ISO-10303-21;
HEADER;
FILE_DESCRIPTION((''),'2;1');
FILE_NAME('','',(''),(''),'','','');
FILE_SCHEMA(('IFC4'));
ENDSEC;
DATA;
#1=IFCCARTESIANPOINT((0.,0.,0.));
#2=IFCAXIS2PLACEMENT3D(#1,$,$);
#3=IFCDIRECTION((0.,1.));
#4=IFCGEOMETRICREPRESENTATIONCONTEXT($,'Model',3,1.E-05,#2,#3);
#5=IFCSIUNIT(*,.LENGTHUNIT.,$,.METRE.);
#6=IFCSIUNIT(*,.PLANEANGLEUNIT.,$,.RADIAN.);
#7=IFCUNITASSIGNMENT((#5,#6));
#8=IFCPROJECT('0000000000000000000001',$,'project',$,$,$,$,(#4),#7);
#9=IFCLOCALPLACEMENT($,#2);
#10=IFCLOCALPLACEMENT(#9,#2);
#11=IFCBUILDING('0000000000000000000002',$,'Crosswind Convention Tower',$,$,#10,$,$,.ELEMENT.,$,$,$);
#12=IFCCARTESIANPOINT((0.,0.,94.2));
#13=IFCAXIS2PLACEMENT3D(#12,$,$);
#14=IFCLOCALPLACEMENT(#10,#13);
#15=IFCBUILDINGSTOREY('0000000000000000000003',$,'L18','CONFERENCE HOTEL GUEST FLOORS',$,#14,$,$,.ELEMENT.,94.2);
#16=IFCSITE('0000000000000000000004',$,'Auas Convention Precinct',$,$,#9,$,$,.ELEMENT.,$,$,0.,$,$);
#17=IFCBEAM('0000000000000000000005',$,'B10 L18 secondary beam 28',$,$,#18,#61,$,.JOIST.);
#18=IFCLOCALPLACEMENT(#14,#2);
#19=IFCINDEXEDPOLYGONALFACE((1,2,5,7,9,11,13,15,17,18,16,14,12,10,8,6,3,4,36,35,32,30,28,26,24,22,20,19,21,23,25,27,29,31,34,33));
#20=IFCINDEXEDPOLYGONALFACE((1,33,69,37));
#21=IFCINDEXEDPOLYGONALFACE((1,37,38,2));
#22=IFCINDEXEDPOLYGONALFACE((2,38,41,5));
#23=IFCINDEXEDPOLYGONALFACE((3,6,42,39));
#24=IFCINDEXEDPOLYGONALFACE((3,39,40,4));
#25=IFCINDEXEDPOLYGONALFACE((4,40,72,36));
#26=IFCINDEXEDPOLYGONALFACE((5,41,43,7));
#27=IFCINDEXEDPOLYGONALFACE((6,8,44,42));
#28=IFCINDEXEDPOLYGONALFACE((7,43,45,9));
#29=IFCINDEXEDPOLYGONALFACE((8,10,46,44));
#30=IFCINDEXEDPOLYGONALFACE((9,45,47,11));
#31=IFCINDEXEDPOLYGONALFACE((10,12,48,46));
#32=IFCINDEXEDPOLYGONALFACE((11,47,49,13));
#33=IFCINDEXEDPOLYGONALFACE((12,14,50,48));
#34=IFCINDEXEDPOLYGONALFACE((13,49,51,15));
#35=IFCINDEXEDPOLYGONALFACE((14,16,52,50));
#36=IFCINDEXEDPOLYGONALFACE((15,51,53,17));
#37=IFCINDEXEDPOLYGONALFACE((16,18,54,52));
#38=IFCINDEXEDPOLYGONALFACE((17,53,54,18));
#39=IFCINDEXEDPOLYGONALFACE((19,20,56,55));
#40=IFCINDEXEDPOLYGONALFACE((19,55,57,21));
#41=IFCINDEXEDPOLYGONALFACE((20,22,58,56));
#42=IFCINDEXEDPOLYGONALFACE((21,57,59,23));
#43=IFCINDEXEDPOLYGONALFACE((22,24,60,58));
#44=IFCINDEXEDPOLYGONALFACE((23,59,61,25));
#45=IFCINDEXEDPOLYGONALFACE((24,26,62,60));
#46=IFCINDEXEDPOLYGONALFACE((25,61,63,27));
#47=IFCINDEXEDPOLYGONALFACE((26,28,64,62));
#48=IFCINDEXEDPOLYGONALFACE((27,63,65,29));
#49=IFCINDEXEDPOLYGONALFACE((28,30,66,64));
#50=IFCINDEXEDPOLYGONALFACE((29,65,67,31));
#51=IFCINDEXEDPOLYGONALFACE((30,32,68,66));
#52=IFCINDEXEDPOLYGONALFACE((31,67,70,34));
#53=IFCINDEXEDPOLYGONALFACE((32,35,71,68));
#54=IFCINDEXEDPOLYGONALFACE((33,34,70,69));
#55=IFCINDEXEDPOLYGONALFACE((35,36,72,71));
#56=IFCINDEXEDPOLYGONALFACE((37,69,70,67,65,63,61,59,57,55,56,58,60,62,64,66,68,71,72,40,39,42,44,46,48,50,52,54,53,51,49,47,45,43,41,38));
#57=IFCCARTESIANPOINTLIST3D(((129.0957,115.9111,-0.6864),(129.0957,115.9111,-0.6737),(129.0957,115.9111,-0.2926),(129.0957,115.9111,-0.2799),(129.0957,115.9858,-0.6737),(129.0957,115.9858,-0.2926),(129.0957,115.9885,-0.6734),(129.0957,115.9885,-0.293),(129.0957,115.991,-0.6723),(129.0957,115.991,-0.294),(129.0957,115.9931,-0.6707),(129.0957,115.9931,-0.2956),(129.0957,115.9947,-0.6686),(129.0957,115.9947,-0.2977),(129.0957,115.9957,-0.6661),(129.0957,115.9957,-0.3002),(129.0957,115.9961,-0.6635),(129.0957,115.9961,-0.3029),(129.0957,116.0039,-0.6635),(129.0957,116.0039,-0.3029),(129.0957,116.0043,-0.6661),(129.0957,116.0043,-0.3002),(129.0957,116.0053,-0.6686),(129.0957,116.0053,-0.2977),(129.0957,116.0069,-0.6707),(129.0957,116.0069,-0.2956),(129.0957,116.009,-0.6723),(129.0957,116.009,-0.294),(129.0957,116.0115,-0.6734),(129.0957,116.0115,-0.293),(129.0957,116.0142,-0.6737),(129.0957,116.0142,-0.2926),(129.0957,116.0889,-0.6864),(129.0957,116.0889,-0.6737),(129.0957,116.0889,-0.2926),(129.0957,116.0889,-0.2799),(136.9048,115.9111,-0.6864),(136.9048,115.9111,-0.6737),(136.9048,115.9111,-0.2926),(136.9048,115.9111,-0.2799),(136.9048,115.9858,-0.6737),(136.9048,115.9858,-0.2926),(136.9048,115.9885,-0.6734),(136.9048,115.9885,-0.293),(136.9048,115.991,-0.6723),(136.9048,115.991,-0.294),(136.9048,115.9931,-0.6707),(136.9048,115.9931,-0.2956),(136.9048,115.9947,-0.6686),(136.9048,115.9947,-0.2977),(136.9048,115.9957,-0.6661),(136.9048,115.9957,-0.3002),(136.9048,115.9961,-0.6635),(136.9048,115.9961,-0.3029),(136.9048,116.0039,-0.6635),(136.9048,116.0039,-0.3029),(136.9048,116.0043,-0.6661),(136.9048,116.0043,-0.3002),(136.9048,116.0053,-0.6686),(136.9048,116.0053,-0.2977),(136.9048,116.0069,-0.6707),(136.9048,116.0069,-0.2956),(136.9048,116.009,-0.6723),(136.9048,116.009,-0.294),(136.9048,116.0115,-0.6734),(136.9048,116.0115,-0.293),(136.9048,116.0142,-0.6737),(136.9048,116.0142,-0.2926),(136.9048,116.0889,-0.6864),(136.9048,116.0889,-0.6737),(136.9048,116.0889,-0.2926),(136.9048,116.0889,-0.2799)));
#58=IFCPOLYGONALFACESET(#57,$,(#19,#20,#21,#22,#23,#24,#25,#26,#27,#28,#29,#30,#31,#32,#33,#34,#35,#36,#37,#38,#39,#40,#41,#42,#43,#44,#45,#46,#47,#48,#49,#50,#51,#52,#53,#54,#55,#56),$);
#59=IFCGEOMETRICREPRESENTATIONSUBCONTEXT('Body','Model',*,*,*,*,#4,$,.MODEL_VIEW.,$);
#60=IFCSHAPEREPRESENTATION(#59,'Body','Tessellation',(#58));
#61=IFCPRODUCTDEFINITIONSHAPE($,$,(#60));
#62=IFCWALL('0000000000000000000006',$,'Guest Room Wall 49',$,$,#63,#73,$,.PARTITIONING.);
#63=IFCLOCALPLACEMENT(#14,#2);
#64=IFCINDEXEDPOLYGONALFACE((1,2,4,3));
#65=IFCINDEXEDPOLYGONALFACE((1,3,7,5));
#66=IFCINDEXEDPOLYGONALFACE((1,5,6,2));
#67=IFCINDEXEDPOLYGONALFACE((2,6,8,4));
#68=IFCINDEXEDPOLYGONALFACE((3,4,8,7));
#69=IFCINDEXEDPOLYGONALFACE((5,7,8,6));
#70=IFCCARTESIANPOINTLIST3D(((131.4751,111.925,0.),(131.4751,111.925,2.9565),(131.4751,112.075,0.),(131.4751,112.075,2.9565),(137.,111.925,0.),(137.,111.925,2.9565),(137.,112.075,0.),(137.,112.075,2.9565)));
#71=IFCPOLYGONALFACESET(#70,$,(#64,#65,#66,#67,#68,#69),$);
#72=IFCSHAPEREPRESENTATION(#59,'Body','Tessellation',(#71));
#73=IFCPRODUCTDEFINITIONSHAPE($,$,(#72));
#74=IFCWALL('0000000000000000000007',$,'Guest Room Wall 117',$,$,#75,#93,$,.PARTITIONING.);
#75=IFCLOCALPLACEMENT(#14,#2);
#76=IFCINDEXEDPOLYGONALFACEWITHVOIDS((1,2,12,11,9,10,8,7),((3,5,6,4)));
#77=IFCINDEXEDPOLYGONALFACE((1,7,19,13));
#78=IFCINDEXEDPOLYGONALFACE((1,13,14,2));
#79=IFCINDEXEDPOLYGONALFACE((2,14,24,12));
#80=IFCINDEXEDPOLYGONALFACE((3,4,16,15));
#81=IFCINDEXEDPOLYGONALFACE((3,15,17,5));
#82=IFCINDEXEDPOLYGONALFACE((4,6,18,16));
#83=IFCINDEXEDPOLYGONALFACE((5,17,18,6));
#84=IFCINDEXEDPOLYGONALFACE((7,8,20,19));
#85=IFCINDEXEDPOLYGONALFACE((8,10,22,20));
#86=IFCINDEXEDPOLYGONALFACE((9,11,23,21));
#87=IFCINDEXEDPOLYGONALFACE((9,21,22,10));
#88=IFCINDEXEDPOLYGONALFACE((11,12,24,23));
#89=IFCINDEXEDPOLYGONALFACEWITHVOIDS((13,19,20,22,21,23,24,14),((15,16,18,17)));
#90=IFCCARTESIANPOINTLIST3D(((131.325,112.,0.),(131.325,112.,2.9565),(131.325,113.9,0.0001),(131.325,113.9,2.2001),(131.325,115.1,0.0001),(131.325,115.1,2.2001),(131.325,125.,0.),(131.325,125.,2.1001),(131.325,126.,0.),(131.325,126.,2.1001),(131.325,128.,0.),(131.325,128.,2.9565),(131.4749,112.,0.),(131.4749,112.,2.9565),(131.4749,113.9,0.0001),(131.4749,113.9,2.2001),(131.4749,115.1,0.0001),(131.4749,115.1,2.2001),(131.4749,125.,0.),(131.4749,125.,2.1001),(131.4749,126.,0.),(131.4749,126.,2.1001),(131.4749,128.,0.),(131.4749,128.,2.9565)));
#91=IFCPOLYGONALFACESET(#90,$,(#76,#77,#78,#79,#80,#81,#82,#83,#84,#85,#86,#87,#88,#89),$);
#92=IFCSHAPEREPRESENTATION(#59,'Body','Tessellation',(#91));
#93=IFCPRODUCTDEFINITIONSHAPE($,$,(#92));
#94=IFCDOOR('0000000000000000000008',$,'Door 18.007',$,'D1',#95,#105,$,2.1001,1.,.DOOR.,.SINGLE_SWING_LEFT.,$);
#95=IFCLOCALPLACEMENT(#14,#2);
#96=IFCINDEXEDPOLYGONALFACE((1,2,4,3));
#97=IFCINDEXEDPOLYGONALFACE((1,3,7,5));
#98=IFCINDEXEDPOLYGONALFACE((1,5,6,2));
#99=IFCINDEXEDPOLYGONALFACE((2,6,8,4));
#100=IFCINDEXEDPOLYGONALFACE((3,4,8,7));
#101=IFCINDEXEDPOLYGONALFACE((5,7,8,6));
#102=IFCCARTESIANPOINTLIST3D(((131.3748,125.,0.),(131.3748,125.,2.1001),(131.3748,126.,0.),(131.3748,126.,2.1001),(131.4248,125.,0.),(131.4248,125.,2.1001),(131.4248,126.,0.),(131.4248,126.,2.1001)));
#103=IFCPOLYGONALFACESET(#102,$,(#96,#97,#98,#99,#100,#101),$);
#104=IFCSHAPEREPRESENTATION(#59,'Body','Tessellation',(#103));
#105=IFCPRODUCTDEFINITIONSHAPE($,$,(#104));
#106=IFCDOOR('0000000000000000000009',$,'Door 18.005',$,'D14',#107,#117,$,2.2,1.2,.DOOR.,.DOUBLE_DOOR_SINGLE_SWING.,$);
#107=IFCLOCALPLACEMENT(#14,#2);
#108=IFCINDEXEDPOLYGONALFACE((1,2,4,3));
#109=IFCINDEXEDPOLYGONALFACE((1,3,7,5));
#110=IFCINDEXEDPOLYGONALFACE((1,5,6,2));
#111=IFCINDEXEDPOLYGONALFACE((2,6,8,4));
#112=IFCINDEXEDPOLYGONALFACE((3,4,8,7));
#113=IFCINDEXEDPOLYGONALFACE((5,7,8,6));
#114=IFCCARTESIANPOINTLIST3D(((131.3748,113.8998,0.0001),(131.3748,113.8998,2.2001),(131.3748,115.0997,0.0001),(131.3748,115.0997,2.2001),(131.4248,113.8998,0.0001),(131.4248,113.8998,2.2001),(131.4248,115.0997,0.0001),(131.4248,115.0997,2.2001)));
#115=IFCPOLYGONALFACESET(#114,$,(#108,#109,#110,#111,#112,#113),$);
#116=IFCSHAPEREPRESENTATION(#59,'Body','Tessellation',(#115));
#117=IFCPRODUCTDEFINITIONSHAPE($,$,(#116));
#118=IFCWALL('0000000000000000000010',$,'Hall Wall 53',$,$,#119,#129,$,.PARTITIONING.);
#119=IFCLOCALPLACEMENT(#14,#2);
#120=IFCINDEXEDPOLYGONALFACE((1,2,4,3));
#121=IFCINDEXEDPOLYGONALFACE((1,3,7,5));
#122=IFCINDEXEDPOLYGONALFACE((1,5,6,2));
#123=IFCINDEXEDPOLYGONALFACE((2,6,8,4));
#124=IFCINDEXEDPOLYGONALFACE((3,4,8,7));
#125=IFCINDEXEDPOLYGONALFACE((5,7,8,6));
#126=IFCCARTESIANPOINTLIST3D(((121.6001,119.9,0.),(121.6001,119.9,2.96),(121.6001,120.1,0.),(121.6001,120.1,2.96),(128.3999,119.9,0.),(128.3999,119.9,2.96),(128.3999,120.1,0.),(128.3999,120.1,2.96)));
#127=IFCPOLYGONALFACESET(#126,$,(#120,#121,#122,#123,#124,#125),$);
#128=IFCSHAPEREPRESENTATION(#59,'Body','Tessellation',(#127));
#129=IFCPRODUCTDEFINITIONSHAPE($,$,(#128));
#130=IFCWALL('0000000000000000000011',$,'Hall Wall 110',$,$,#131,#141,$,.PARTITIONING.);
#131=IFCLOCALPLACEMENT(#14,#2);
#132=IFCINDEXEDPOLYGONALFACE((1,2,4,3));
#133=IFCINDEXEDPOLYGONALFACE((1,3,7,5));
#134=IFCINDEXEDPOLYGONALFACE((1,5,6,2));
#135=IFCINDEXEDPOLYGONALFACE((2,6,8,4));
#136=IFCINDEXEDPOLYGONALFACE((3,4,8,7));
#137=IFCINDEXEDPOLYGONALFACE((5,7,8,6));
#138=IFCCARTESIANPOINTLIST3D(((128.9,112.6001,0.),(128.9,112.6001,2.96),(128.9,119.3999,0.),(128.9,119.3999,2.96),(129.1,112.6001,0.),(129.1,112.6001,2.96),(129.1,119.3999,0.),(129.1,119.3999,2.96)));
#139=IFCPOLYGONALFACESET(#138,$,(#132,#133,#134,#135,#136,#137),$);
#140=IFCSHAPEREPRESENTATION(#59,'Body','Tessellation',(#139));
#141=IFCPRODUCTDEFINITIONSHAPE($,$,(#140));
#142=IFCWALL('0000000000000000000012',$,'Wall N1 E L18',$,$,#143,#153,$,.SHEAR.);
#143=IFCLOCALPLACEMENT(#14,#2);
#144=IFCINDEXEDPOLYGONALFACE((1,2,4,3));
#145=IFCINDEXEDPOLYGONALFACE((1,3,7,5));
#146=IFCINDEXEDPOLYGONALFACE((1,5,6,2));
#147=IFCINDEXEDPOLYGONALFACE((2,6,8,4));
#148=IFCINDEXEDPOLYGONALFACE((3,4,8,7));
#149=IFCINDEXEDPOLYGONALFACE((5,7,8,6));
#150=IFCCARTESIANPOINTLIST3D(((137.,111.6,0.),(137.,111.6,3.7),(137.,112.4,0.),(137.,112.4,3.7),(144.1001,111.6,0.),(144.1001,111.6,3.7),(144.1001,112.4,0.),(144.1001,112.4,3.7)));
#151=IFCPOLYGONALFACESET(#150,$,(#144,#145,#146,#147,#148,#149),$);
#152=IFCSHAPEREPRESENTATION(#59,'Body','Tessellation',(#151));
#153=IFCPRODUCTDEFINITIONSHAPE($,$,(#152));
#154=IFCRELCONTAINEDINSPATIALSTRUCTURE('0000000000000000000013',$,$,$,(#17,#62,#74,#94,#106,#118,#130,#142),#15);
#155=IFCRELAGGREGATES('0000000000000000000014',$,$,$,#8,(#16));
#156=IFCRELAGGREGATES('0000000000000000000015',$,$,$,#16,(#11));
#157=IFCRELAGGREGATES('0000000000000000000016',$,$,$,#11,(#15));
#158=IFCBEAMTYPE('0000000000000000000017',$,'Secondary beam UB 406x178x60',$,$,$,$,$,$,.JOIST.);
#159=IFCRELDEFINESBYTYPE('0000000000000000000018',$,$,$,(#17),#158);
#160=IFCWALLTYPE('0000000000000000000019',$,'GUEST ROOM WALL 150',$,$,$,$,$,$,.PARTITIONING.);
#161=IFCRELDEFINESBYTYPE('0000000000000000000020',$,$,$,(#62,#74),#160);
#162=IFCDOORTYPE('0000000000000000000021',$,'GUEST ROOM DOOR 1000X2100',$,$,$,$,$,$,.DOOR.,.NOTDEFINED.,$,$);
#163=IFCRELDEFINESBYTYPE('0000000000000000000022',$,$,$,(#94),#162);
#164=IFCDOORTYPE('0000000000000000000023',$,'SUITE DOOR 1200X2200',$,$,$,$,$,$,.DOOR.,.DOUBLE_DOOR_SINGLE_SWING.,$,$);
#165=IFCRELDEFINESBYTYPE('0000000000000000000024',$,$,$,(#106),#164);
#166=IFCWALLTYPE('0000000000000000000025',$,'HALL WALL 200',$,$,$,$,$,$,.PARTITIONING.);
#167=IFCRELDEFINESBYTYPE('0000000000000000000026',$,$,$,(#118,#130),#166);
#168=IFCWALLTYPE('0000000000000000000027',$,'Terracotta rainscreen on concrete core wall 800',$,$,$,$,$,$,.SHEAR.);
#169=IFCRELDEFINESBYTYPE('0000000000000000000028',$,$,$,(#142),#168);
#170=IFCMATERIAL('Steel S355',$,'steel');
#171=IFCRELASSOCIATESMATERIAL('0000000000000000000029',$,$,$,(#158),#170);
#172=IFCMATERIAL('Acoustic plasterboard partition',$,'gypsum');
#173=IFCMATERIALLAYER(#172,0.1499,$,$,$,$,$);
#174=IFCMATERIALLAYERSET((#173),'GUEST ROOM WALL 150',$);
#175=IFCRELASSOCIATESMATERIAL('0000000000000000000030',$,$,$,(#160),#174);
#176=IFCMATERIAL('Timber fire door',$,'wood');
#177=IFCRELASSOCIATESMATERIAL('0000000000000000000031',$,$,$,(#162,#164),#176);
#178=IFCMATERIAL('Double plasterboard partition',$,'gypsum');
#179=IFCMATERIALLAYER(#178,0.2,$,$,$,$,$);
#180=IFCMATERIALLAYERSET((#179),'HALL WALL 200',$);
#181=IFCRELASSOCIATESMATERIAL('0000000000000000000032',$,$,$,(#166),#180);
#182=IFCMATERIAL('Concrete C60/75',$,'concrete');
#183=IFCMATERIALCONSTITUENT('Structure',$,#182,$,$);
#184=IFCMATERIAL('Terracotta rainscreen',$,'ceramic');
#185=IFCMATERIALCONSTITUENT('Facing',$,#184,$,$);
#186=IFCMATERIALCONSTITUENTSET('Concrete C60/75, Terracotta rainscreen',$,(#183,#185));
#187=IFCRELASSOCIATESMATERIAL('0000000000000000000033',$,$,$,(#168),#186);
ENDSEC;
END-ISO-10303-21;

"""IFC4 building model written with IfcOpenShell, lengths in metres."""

from ifc_helpers import new_model, si_unit, direction, frame, frame_2d, origin, origin_2d, place, context, subcontext, project, spatial, rectangle, i_section, extrude, material, layer, layer_set, constituent, constituent_set, material_profile, profile_set, type_object, element, fill, save


model = new_model("IFC4")

# Units and contexts
model_context = context("Model", 3, precision=1e-05, world=origin(), true_north=direction((0.0, 1.0)))
body_context = subcontext(model_context, "Body", "Model", "MODEL_VIEW")
ifc_project = project(units=[si_unit("LENGTHUNIT", "METRE"), si_unit("PLANEANGLEUNIT", "RADIAN")], contexts=[model_context])

# Site, building, storey
site_placement = place(None, origin())
site = spatial("IfcSite", under=ifc_project, at=site_placement, Name="Auas Convention Precinct", CompositionType="ELEMENT", RefElevation=0.0)
building_placement = place(site_placement, origin())
building = spatial("IfcBuilding", under=site, at=building_placement, Name="Crosswind Convention Tower", CompositionType="ELEMENT")
storey_placement = place(building_placement, frame((0.0, 0.0, 94.2)))
storey = spatial("IfcBuildingStorey", under=building, at=storey_placement, Name="L18", Description="CONFERENCE HOTEL GUEST FLOORS", CompositionType="ELEMENT", Elevation=94.2)

# Beam
ifc_material_1 = material(Name="Steel S355", Category="steel")
ifc_material_profile_1 = material_profile(ifc_material_1, i_section(OverallWidth=0.1777, OverallDepth=0.4065, WebThickness=0.0078, FlangeThickness=0.0127, FilletRadius=0.0103, at=origin_2d()), Name="UB 406x178x60")
ifc_profile_set_1 = profile_set([ifc_material_profile_1], Name="Steel S355")
beam_type_1 = type_object("IfcBeamType", Name="Secondary beam UB 406x178x60", PredefinedType="JOIST", material=ifc_profile_set_1)
beam_1_placement = place(storey_placement, frame((129.0957, 116.0, -0.4832), z_axis=(1.0, 0.0, 0.0), x_axis=(0.0, 1.0, 0.0)))
element("IfcBeam", 1, at=beam_1_placement, inside=storey, type_object=beam_type_1, Name="B10 L18 secondary beam 28", PredefinedType="JOIST", context=body_context, shape_type="SweptSolid", body=[
    extrude(i_section(OverallWidth=0.1777, OverallDepth=0.4065, WebThickness=0.0078, FlangeThickness=0.0127, FilletRadius=0.0103, at=origin_2d()), origin(), (0.0, 0.0, 1.0), 7.8091),
])

# Wall
ifc_material_2 = material(Name="Acoustic plasterboard partition", Category="gypsum")
ifc_layer_1 = layer(ifc_material_2, 0.1499)
ifc_layer_set_1 = layer_set([ifc_layer_1], Name="GUEST ROOM WALL 150")
wall_type_1 = type_object("IfcWallType", Name="GUEST ROOM WALL 150", PredefinedType="PARTITIONING", material=ifc_layer_set_1)
wall_1_placement = place(storey_placement, frame((131.4751, 112.0, 0.0), z_axis=(0.0, 0.0, 1.0), x_axis=(1.0, 0.0, 0.0)))
element("IfcWall", 2, at=wall_1_placement, inside=storey, type_object=wall_type_1, Name="Guest Room Wall 49", PredefinedType="PARTITIONING", context=body_context, shape_type="SweptSolid", body=[
    extrude(rectangle(XDim=5.5249, YDim=0.1499, at=frame_2d((2.7625, 0.0))), origin(), (0.0, 0.0, 1.0), 2.9565),
])

# Wall, openings, doors
wall_2_placement = place(storey_placement, frame((131.3999, 112.0, 0.0), z_axis=(0.0, 0.0, 1.0), x_axis=(0.0, 1.0, 0.0)))
wall_2 = element("IfcWall", 3, at=wall_2_placement, inside=storey, type_object=wall_type_1, Name="Guest Room Wall 117", PredefinedType="PARTITIONING", context=body_context, shape_type="SweptSolid", body=[
    extrude(rectangle(XDim=16.0, YDim=0.1499, at=frame_2d((8.0, 0.0))), origin(), (0.0, 0.0, 1.0), 2.9565),
])
opening_1_placement = place(wall_2_placement, frame((1.8999, 0.0, 0.0)))
opening_1 = element("IfcOpeningElement", 4, at=opening_1_placement, cuts=wall_2, PredefinedType="OPENING", context=body_context, shape_type="SweptSolid", body=[
    extrude(rectangle(XDim=1.2, YDim=2.2, at=frame_2d((0.6001, 1.1001))), frame((0.0, 0.085, 0.0), z_axis=(0.0, -1.0, 0.0), x_axis=(1.0, 0.0, 0.0)), (0.0, 0.0, 1.0), 0.1699),
])
opening_2_placement = place(wall_2_placement, frame((13.0, 0.0, 0.0)))
opening_2 = element("IfcOpeningElement", 5, at=opening_2_placement, cuts=wall_2, PredefinedType="OPENING", context=body_context, shape_type="SweptSolid", body=[
    extrude(rectangle(XDim=1.0, YDim=2.1001, at=frame_2d((0.5, 1.05))), frame((0.0, 0.085, 0.0), z_axis=(0.0, -1.0, 0.0), x_axis=(1.0, 0.0, 0.0)), (0.0, 0.0, 1.0), 0.1699),
])
ifc_material_3 = material(Name="Timber fire door", Category="wood")
door_type_1 = type_object("IfcDoorType", Name="GUEST ROOM DOOR 1000X2100", OperationType="NOTDEFINED", PredefinedType="DOOR", material=ifc_material_3)
door_1_placement = place(opening_2_placement, frame((1.0, 0.0, 0.0), z_axis=(0.0, 0.0, 1.0), x_axis=(-1.0, 0.0, 0.0)))
door_1 = element("IfcDoor", 6, at=door_1_placement, inside=storey, type_object=door_type_1, Name="Door 18.007", ObjectType="D1", OperationType="SINGLE_SWING_LEFT", OverallHeight=2.1001, OverallWidth=1.0, PredefinedType="DOOR", context=body_context, shape_type="SweptSolid", body=[
    extrude(rectangle(XDim=1.0, YDim=2.1001, at=frame_2d((0.5, 1.05))), frame((0.0, 0.0249, 0.0), z_axis=(0.0, -1.0, 0.0), x_axis=(1.0, 0.0, 0.0)), (0.0, 0.0, 1.0), 0.05),
])
fill(opening_2, door_1)
door_type_2 = type_object("IfcDoorType", Name="SUITE DOOR 1200X2200", OperationType="DOUBLE_DOOR_SINGLE_SWING", PredefinedType="DOOR", material=ifc_material_3)
door_2_placement = place(opening_1_placement, frame((1.2, 0.0, 0.0), z_axis=(0.0, 0.0, 1.0), x_axis=(-1.0, 0.0, 0.0)))
door_2 = element("IfcDoor", 7, at=door_2_placement, inside=storey, type_object=door_type_2, Name="Door 18.005", ObjectType="D14", OperationType="DOUBLE_DOOR_SINGLE_SWING", OverallHeight=2.2, OverallWidth=1.2, PredefinedType="DOOR", context=body_context, shape_type="SweptSolid", body=[
    extrude(rectangle(XDim=1.2, YDim=2.2, at=frame_2d((0.6001, 1.1001))), frame((0.0, 0.0249, 0.0), z_axis=(0.0, -1.0, 0.0), x_axis=(1.0, 0.0, 0.0)), (0.0, 0.0, 1.0), 0.05),
])
fill(opening_1, door_2)

# Walls
ifc_material_4 = material(Name="Double plasterboard partition", Category="gypsum")
ifc_layer_2 = layer(ifc_material_4, 0.2)
ifc_layer_set_2 = layer_set([ifc_layer_2], Name="HALL WALL 200")
wall_type_2 = type_object("IfcWallType", Name="HALL WALL 200", PredefinedType="PARTITIONING", material=ifc_layer_set_2)
for number, where, z_axis, x_axis, name in (
    (8, (121.6001, 120.0, 0.0), (0.0, 0.0, 1.0), (1.0, 0.0, 0.0), "Hall Wall 53"),
    (9, (129.0, 112.6001, 0.0), (0.0, 0.0, 1.0), (0.0, 1.0, 0.0), "Hall Wall 110"),
):
    element("IfcWall", number, at=place(storey_placement, frame(where, z_axis=z_axis, x_axis=x_axis)), inside=storey, type_object=wall_type_2, Name=name, PredefinedType="PARTITIONING", context=body_context, shape_type="SweptSolid", body=[
        extrude(rectangle(XDim=6.7998, YDim=0.2, at=frame_2d((3.3999, 0.0))), origin(), (0.0, 0.0, 1.0), 2.96),
    ])
ifc_material_5 = material(Name="Concrete C60/75", Category="concrete")
ifc_constituent_1 = constituent(ifc_material_5, Name="Structure")
ifc_material_6 = material(Name="Terracotta rainscreen", Category="ceramic")
ifc_constituent_2 = constituent(ifc_material_6, Name="Facing")
ifc_constituent_set = constituent_set(constituents=[ifc_constituent_1, ifc_constituent_2], Name="Concrete C60/75, Terracotta rainscreen")
wall_type_3 = type_object("IfcWallType", Name="Terracotta rainscreen on concrete core wall 800", PredefinedType="SHEAR", material=ifc_constituent_set)
wall_3_placement = place(storey_placement, frame((137.0, 112.0, 0.0), z_axis=(0.0, 0.0, 1.0), x_axis=(1.0, 0.0, 0.0)))
element("IfcWall", 10, at=wall_3_placement, inside=storey, type_object=wall_type_3, Name="Wall N1 E L18", PredefinedType="SHEAR", context=body_context, shape_type="SweptSolid", body=[
    extrude(rectangle(XDim=7.1001, YDim=0.8, at=frame_2d((3.55, 0.0))), origin(), (0.0, 0.0, 1.0), 3.7),
])

save(model, "model.ifc")
